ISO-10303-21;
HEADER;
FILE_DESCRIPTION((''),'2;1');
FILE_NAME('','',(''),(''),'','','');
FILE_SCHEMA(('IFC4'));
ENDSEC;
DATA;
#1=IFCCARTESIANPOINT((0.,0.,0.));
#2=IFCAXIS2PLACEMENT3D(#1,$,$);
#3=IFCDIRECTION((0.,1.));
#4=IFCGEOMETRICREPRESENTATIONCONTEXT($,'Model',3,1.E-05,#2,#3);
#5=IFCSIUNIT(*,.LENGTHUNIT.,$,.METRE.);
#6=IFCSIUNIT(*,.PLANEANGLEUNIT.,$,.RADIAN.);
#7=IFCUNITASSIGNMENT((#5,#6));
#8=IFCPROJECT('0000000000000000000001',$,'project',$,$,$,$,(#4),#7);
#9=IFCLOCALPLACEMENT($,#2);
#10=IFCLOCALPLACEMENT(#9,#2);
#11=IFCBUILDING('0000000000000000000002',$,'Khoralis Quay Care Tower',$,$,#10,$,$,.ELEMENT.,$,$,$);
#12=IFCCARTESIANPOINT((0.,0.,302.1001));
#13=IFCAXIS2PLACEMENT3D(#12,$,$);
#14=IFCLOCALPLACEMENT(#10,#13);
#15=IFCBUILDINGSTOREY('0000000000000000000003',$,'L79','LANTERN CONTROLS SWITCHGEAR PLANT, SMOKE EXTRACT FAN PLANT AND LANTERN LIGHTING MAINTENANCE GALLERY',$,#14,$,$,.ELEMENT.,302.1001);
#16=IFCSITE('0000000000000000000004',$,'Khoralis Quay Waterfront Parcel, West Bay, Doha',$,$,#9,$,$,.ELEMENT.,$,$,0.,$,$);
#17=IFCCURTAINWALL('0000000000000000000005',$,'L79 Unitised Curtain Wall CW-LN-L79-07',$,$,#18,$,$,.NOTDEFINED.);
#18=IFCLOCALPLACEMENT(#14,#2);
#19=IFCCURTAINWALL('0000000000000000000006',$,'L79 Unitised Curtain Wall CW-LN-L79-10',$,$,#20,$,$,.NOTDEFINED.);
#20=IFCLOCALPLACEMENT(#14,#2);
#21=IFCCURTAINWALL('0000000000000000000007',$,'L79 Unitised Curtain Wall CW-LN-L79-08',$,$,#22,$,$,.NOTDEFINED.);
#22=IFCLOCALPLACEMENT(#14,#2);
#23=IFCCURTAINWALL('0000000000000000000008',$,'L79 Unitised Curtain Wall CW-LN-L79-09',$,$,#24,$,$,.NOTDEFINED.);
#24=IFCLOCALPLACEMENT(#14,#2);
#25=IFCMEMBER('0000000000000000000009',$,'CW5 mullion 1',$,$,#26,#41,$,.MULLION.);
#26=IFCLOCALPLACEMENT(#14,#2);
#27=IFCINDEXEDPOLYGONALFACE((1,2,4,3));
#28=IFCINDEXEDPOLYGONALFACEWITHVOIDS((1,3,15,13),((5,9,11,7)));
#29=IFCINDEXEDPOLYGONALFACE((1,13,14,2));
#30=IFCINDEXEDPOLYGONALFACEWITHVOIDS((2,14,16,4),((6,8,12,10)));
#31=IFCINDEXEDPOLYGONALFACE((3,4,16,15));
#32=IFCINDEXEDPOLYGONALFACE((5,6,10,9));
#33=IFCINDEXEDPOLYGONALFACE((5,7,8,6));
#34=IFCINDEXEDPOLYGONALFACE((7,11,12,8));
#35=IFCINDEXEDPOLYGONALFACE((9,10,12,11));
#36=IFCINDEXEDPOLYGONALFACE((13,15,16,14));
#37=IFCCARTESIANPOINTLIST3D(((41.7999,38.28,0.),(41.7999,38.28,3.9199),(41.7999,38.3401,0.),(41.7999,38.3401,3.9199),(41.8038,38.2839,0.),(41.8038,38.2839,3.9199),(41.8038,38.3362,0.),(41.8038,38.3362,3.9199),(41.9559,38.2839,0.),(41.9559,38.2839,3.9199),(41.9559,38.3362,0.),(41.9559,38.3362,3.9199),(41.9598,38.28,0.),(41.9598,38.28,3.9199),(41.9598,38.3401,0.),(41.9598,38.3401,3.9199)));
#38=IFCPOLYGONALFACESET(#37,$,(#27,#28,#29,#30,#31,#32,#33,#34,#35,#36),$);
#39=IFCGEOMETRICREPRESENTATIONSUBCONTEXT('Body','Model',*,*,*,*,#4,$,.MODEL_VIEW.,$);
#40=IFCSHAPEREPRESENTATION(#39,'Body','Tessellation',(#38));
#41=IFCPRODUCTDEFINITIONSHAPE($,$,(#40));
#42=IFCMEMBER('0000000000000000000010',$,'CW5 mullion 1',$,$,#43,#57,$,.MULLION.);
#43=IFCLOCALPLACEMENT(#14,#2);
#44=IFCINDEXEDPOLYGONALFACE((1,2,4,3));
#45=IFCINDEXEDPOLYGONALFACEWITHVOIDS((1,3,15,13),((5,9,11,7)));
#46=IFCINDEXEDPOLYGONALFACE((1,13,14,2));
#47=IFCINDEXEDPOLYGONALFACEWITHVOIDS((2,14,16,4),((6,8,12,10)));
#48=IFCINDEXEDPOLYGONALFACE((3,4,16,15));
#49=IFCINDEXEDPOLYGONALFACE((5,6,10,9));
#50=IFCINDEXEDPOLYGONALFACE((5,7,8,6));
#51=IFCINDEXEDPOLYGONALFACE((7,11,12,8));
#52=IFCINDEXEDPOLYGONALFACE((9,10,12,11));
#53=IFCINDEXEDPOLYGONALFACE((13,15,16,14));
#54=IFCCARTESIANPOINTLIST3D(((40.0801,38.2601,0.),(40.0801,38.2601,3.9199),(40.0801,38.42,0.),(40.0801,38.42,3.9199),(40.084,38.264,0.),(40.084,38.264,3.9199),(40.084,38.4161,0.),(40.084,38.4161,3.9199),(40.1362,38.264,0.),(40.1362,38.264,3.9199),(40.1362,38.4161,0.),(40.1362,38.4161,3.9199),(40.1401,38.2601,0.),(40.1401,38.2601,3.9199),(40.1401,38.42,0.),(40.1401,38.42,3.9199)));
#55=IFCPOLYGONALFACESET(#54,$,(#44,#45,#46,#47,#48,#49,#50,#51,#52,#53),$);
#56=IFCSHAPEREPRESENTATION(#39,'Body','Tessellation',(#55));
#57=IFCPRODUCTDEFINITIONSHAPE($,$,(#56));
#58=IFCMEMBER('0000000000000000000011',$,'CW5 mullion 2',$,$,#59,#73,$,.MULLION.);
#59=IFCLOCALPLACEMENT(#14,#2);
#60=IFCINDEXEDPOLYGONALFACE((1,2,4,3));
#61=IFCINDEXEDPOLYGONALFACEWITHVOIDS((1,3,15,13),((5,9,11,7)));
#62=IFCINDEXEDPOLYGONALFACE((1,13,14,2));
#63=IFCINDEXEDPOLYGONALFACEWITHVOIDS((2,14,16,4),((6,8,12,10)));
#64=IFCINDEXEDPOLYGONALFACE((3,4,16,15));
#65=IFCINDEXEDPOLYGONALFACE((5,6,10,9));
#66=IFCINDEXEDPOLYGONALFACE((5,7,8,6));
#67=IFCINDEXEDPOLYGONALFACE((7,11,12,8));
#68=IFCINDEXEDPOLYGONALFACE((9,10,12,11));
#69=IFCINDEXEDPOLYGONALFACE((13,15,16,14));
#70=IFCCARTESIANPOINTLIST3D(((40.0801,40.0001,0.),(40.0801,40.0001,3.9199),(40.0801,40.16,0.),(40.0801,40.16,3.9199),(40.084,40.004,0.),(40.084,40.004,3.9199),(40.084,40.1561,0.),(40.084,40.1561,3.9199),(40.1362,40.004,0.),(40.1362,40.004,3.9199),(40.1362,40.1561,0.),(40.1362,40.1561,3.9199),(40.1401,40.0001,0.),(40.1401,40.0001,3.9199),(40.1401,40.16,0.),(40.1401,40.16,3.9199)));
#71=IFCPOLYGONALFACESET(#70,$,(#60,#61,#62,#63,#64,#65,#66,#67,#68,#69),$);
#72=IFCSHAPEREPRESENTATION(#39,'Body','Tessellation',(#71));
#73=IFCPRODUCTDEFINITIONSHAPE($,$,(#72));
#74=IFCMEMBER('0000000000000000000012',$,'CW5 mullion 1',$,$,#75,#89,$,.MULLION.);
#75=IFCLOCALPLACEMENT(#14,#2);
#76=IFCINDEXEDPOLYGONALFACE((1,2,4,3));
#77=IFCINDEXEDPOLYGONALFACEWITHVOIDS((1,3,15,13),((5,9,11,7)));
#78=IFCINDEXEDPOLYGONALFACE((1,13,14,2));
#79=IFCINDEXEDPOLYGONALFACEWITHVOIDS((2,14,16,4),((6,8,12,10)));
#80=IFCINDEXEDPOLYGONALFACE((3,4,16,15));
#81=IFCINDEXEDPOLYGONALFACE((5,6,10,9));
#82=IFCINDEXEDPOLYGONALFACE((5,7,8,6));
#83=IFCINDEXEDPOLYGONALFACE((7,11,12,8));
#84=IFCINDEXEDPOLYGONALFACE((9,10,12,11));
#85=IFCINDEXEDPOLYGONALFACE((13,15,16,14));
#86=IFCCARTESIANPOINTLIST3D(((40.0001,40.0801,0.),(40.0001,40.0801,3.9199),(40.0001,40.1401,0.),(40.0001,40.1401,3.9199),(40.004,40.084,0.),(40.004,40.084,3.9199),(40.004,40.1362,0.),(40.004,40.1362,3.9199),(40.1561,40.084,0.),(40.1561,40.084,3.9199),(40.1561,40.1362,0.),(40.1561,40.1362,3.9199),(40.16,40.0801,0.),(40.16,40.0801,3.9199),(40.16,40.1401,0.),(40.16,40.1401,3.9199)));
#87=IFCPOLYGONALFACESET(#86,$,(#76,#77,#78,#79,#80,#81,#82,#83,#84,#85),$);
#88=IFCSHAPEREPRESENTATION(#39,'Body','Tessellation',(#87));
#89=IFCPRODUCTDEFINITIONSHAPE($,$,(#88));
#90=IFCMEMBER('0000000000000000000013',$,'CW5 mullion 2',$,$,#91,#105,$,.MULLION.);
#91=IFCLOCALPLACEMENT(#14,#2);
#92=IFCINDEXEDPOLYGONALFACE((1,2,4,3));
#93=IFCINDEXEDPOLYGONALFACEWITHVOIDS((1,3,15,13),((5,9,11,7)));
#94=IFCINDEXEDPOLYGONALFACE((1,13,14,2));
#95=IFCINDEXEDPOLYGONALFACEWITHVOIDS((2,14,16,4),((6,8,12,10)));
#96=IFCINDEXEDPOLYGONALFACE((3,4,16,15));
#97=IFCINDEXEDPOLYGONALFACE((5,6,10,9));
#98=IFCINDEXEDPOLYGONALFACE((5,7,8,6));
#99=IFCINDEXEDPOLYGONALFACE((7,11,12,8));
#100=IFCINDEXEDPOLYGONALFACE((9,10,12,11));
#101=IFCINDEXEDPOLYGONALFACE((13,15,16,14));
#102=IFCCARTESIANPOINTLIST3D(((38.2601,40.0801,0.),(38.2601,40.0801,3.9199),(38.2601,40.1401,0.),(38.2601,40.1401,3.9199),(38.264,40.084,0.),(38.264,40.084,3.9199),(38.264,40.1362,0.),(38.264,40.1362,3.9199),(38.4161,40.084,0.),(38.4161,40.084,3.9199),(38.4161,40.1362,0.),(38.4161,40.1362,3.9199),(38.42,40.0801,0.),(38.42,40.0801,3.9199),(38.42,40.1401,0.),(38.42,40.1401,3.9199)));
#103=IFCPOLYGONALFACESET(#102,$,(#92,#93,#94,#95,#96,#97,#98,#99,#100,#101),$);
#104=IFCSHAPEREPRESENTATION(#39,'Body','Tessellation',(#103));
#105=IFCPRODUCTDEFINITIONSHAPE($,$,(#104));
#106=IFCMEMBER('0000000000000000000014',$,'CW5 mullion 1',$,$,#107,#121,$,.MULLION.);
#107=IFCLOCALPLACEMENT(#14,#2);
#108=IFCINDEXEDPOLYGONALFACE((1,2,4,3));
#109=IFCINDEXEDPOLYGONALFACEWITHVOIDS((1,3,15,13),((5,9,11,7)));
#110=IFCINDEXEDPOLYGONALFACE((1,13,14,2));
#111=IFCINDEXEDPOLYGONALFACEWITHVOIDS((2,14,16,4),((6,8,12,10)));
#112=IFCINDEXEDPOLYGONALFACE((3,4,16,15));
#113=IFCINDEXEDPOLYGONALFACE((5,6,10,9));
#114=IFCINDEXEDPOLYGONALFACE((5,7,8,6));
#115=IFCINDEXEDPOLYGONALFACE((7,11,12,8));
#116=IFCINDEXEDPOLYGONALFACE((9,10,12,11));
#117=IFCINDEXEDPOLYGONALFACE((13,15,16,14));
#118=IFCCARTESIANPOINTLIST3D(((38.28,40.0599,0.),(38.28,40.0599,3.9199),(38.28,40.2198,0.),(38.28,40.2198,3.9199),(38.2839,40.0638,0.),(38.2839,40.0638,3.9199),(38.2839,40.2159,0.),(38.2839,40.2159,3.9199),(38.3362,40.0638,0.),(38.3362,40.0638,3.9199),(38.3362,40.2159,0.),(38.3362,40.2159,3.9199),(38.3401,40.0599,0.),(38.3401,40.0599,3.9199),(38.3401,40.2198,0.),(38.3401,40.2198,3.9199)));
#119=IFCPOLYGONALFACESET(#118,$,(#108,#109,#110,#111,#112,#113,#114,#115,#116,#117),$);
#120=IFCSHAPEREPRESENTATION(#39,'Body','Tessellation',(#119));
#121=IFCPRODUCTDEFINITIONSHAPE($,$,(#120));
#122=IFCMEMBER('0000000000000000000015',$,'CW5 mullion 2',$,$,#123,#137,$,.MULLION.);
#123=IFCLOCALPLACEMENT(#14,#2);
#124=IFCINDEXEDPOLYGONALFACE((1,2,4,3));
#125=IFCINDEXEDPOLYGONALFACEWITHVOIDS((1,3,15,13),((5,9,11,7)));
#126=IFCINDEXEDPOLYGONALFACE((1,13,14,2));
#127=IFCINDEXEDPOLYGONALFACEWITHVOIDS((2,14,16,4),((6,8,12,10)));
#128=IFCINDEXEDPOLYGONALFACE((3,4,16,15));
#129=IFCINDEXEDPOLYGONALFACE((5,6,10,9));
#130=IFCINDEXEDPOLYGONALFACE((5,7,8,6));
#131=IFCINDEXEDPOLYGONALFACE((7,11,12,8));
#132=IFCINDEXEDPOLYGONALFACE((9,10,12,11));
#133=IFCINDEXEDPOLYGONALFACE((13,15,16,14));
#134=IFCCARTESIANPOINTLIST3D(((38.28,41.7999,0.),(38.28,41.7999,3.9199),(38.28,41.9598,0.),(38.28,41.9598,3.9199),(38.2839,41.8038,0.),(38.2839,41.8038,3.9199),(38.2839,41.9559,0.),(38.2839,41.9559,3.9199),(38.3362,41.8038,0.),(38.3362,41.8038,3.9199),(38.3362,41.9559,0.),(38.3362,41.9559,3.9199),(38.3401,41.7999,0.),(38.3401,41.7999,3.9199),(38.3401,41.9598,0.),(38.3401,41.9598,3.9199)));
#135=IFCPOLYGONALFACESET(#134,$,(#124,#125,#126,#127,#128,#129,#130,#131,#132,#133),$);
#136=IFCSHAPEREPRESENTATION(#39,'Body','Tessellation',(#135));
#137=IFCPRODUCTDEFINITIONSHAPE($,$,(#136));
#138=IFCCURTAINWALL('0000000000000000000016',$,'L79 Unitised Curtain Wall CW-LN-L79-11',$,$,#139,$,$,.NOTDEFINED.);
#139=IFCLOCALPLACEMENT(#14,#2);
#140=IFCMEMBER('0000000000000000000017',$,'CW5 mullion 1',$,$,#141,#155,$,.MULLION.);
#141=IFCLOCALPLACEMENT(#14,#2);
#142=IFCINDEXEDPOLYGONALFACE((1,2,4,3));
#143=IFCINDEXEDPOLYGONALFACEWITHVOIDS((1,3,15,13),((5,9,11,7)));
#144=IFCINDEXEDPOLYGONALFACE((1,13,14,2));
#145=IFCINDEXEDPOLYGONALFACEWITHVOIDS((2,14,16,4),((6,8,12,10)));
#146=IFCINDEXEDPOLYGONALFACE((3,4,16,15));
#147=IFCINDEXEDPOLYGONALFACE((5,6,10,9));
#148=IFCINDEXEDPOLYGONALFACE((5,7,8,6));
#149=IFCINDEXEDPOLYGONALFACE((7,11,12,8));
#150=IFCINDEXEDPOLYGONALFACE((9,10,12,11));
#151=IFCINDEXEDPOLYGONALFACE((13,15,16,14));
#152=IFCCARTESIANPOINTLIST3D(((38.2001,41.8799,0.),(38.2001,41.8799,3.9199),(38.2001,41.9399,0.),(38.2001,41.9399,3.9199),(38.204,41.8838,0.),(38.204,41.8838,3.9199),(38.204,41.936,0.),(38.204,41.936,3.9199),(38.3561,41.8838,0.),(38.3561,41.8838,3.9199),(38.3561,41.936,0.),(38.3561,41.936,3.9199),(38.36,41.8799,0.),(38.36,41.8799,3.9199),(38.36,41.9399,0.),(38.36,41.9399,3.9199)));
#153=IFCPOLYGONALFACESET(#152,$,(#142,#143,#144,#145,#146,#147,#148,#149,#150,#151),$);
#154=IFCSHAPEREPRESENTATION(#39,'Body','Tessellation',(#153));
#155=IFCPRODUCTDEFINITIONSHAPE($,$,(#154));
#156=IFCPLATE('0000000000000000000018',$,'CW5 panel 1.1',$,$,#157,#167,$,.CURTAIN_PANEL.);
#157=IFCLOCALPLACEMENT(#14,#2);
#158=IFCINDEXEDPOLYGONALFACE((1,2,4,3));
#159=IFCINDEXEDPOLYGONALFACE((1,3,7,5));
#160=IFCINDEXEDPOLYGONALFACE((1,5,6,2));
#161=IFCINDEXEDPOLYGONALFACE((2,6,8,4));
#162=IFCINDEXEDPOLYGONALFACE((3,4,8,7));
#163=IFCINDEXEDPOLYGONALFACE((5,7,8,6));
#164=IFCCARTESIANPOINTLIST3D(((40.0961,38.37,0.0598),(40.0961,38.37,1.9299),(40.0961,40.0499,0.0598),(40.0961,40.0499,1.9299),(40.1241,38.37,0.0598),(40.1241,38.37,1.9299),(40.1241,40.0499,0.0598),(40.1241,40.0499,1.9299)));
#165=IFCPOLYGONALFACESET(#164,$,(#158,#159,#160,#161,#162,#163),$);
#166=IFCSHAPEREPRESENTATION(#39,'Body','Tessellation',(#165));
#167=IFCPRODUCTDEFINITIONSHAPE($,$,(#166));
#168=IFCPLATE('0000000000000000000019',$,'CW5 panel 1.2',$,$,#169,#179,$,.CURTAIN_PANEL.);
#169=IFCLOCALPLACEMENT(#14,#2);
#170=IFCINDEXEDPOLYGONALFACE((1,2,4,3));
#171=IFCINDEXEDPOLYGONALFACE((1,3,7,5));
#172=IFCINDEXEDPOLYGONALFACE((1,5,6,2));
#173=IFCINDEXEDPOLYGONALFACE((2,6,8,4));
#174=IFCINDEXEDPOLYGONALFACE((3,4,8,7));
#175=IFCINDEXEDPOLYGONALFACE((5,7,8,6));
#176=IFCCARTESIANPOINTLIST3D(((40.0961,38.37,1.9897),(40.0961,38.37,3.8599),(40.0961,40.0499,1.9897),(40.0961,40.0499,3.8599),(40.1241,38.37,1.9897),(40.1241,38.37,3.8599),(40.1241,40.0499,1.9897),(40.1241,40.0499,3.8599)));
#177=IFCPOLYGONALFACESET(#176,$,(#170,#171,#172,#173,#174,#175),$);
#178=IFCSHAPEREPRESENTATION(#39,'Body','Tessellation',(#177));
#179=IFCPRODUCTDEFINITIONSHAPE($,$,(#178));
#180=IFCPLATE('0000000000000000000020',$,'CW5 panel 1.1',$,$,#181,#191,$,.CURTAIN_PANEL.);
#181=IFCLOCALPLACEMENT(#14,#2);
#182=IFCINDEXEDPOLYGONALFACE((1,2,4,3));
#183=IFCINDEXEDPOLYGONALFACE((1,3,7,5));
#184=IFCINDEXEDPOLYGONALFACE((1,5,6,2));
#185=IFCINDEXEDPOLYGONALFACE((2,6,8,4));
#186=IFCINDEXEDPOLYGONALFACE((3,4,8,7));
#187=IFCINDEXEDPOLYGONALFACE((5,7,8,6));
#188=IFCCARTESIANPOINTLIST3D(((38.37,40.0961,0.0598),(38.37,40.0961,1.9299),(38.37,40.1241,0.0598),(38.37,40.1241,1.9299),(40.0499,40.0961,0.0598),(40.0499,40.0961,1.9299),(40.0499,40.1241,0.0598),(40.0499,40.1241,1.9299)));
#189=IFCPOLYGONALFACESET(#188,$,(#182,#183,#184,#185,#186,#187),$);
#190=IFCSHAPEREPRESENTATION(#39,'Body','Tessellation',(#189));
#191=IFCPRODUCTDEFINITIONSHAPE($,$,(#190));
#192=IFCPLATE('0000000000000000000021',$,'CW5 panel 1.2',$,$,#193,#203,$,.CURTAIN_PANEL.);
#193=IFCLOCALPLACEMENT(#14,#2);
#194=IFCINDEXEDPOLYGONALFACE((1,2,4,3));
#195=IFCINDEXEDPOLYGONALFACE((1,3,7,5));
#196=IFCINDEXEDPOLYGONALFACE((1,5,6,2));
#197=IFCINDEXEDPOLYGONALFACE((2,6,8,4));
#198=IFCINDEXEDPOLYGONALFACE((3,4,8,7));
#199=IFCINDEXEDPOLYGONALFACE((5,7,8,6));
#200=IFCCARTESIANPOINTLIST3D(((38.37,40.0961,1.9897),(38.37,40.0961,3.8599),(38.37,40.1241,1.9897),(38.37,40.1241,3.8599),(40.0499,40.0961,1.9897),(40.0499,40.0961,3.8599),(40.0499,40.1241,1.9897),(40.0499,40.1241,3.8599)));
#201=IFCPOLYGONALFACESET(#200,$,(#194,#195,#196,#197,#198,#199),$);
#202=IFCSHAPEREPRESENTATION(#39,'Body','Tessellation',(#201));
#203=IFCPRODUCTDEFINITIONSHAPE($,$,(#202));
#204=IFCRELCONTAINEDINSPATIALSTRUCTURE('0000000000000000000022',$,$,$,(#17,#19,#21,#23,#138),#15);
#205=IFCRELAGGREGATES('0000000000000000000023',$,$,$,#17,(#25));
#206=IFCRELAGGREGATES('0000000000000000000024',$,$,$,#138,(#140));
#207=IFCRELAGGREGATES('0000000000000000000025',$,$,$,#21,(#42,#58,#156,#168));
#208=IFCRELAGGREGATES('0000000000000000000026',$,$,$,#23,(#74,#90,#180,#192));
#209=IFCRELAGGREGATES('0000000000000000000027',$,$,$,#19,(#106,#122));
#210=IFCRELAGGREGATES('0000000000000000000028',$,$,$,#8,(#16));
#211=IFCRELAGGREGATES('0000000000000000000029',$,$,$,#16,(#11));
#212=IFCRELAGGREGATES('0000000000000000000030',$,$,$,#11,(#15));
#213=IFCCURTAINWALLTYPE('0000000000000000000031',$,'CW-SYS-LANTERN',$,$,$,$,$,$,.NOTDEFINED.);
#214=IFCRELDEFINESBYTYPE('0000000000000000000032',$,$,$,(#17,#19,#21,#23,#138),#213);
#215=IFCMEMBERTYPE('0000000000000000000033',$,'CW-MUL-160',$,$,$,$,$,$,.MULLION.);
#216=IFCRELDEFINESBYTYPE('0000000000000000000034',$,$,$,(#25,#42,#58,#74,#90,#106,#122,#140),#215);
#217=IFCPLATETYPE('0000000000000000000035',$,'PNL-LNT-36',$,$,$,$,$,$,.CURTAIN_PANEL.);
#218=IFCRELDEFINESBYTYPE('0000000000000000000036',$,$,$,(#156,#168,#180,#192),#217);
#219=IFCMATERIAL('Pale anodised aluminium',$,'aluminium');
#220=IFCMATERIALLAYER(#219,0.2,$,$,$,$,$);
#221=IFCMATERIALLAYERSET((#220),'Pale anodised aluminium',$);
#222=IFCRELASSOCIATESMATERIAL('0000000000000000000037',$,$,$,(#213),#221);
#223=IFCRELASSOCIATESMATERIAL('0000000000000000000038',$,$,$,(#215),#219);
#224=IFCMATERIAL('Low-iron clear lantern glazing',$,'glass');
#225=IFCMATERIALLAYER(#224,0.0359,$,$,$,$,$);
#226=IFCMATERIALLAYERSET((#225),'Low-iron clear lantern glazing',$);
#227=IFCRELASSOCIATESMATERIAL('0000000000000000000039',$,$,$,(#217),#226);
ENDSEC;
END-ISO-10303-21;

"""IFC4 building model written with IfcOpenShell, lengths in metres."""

from ifc_helpers import new_model, si_unit, direction, frame, origin, origin_2d, place, context, subcontext, project, spatial, rectangle, hollow_rectangle, extrude, source, transform, mapped, material, layer, layer_set, material_profile, profile_set, type_object, element, aggregate, save


model = new_model("IFC4")

# Units and contexts
model_context = context("Model", 3, precision=1e-05, world=origin(), true_north=direction((0.0, 1.0)))
body_context = subcontext(model_context, "Body", "Model", "MODEL_VIEW")
ifc_project = project(units=[si_unit("LENGTHUNIT", "METRE"), si_unit("PLANEANGLEUNIT", "RADIAN")], contexts=[model_context])

# Site, building, storey
site_placement = place(None, origin())
site = spatial("IfcSite", under=ifc_project, at=site_placement, Name="Khoralis Quay Waterfront Parcel, West Bay, Doha", CompositionType="ELEMENT", RefElevation=0.0)
building_placement = place(site_placement, origin())
building = spatial("IfcBuilding", under=site, at=building_placement, Name="Khoralis Quay Care Tower", CompositionType="ELEMENT")
storey_placement = place(building_placement, frame((0.0, 0.0, 302.1001)))
storey = spatial("IfcBuildingStorey", under=building, at=storey_placement, Name="L79", Description="LANTERN CONTROLS SWITCHGEAR PLANT, SMOKE EXTRACT FAN PLANT AND LANTERN LIGHTING MAINTENANCE GALLERY", CompositionType="ELEMENT", Elevation=302.1001)

# Curtain walls
ifc_material_1 = material(Name="Pale anodised aluminium", Category="aluminium")
ifc_layer_1 = layer(ifc_material_1, 0.2)
ifc_layer_set_1 = layer_set([ifc_layer_1], Name="Pale anodised aluminium")
curtain_wall_type = type_object("IfcCurtainWallType", Name="CW-SYS-LANTERN", PredefinedType="NOTDEFINED", material=ifc_layer_set_1)
curtain_wall_1_placement = place(storey_placement, origin())
curtain_wall_1 = element("IfcCurtainWall", 1, at=curtain_wall_1_placement, inside=storey, type_object=curtain_wall_type, Name="L79 Unitised Curtain Wall CW-LN-L79-07", PredefinedType="NOTDEFINED")
curtain_wall_2_placement = place(storey_placement, origin())
curtain_wall_2 = element("IfcCurtainWall", 2, at=curtain_wall_2_placement, inside=storey, type_object=curtain_wall_type, Name="L79 Unitised Curtain Wall CW-LN-L79-10", PredefinedType="NOTDEFINED")
curtain_wall_3_placement = place(storey_placement, origin())
curtain_wall_3 = element("IfcCurtainWall", 3, at=curtain_wall_3_placement, inside=storey, type_object=curtain_wall_type, Name="L79 Unitised Curtain Wall CW-LN-L79-08", PredefinedType="NOTDEFINED")
curtain_wall_4_placement = place(storey_placement, origin())
curtain_wall_4 = element("IfcCurtainWall", 4, at=curtain_wall_4_placement, inside=storey, type_object=curtain_wall_type, Name="L79 Unitised Curtain Wall CW-LN-L79-09", PredefinedType="NOTDEFINED")

# Members
ifc_material_profile_1 = material_profile(ifc_material_1, hollow_rectangle(XDim=0.0601, YDim=0.1599, WallThickness=0.0039, at=origin_2d()), Name="Pale anodised aluminium")
ifc_profile_set_1 = profile_set([ifc_material_profile_1], Name="Pale anodised aluminium")
member_type_1 = type_object("IfcMemberType", Name="CW-MUL-160", PredefinedType="MULLION", material=ifc_profile_set_1)
shared_shape_1 = source(origin(), body_context, "Body", "SweptSolid", [
    extrude(hollow_rectangle(XDim=0.0601, YDim=0.1599, WallThickness=0.0039, at=origin_2d()), origin(), (0.0, 0.0, 1.0), 3.9199),
])
member_1_placement = place(storey_placement, frame((41.8799, 38.3101, 0.0), z_axis=(0.0, 0.0, 1.0), x_axis=(0.0, -1.0, 0.0)))
member_1 = element("IfcMember", 5, at=member_1_placement, type_object=member_type_1, Name="CW5 mullion 1", PredefinedType="MULLION", context=body_context, shape_type="MappedRepresentation", body=[
    mapped(shared_shape_1, transform((0.0, 0.0, 0.0), scale=1.0)),
])
aggregate(curtain_wall_1, [member_1])
member_2_placement = place(storey_placement, frame((40.1101, 38.3401, 0.0), z_axis=(0.0, 0.0, 1.0), x_axis=(-1.0, 0.0, 0.0)))
member_2 = element("IfcMember", 6, at=member_2_placement, type_object=member_type_1, Name="CW5 mullion 1", PredefinedType="MULLION", context=body_context, shape_type="MappedRepresentation", body=[
    mapped(shared_shape_1, transform((0.0, 0.0, 0.0), scale=1.0)),
])
member_3_placement = place(storey_placement, frame((40.1101, 40.0801, 0.0), z_axis=(0.0, 0.0, 1.0), x_axis=(-1.0, 0.0, 0.0)))
member_3 = element("IfcMember", 7, at=member_3_placement, type_object=member_type_1, Name="CW5 mullion 2", PredefinedType="MULLION", context=body_context, shape_type="MappedRepresentation", body=[
    mapped(shared_shape_1, transform((0.0, 0.0, 0.0), scale=1.0)),
])
member_4_placement = place(storey_placement, frame((40.0801, 40.1101, 0.0), z_axis=(0.0, 0.0, 1.0), x_axis=(0.0, -1.0, 0.0)))
member_4 = element("IfcMember", 8, at=member_4_placement, type_object=member_type_1, Name="CW5 mullion 1", PredefinedType="MULLION", context=body_context, shape_type="MappedRepresentation", body=[
    mapped(shared_shape_1, transform((0.0, 0.0, 0.0), scale=1.0)),
])
member_5_placement = place(storey_placement, frame((38.3401, 40.1101, 0.0), z_axis=(0.0, 0.0, 1.0), x_axis=(0.0, -1.0, 0.0)))
member_5 = element("IfcMember", 9, at=member_5_placement, type_object=member_type_1, Name="CW5 mullion 2", PredefinedType="MULLION", context=body_context, shape_type="MappedRepresentation", body=[
    mapped(shared_shape_1, transform((0.0, 0.0, 0.0), scale=1.0)),
])
member_6_placement = place(storey_placement, frame((38.3101, 40.1399, 0.0), z_axis=(0.0, 0.0, 1.0), x_axis=(-1.0, 0.0, 0.0)))
member_6 = element("IfcMember", 10, at=member_6_placement, type_object=member_type_1, Name="CW5 mullion 1", PredefinedType="MULLION", context=body_context, shape_type="MappedRepresentation", body=[
    mapped(shared_shape_1, transform((0.0, 0.0, 0.0), scale=1.0)),
])
member_7_placement = place(storey_placement, frame((38.3101, 41.8799, 0.0), z_axis=(0.0, 0.0, 1.0), x_axis=(-1.0, 0.0, 0.0)))
member_7 = element("IfcMember", 11, at=member_7_placement, type_object=member_type_1, Name="CW5 mullion 2", PredefinedType="MULLION", context=body_context, shape_type="MappedRepresentation", body=[
    mapped(shared_shape_1, transform((0.0, 0.0, 0.0), scale=1.0)),
])

# Curtain wall, member
curtain_wall_5_placement = place(storey_placement, origin())
curtain_wall_5 = element("IfcCurtainWall", 12, at=curtain_wall_5_placement, inside=storey, type_object=curtain_wall_type, Name="L79 Unitised Curtain Wall CW-LN-L79-11", PredefinedType="NOTDEFINED")
member_8_placement = place(storey_placement, frame((38.28, 41.9099, 0.0), z_axis=(0.0, 0.0, 1.0), x_axis=(0.0, -1.0, 0.0)))
member_8 = element("IfcMember", 13, at=member_8_placement, type_object=member_type_1, Name="CW5 mullion 1", PredefinedType="MULLION", context=body_context, shape_type="MappedRepresentation", body=[
    mapped(shared_shape_1, transform((0.0, 0.0, 0.0), scale=1.0)),
])
aggregate(curtain_wall_5, [member_8])

# Plates
ifc_material_2 = material(Name="Low-iron clear lantern glazing", Category="glass")
ifc_layer_2 = layer(ifc_material_2, 0.0359)
ifc_layer_set_2 = layer_set([ifc_layer_2], Name="Low-iron clear lantern glazing")
plate_type = type_object("IfcPlateType", Name="PNL-LNT-36", PredefinedType="CURTAIN_PANEL", material=ifc_layer_set_2)
shared_shape_2 = source(origin(), body_context, "Body", "SweptSolid", [
    extrude(rectangle(XDim=1.6799, YDim=0.0281, at=origin_2d()), origin(), (0.0, 0.0, 1.0), 1.8701),
])
plate_1_placement = place(storey_placement, frame((40.1101, 39.21, 0.0598), z_axis=(0.0, 0.0, 1.0), x_axis=(0.0, 1.0, 0.0)))
plate_1 = element("IfcPlate", 14, at=plate_1_placement, type_object=plate_type, Name="CW5 panel 1.1", PredefinedType="CURTAIN_PANEL", context=body_context, shape_type="MappedRepresentation", body=[
    mapped(shared_shape_2, transform((0.0, 0.0, 0.0), scale=1.0)),
])
plate_2_placement = place(storey_placement, frame((40.1101, 39.21, 1.9897), z_axis=(0.0, 0.0, 1.0), x_axis=(0.0, 1.0, 0.0)))
plate_2 = element("IfcPlate", 15, at=plate_2_placement, type_object=plate_type, Name="CW5 panel 1.2", PredefinedType="CURTAIN_PANEL", context=body_context, shape_type="MappedRepresentation", body=[
    mapped(shared_shape_2, transform((0.0, 0.0, 0.0), scale=1.0)),
])
aggregate(curtain_wall_3, [member_2, member_3, plate_1, plate_2])
plate_3_placement = place(storey_placement, frame((39.21, 40.1101, 0.0598), z_axis=(0.0, 0.0, 1.0), x_axis=(-1.0, 0.0, 0.0)))
plate_3 = element("IfcPlate", 16, at=plate_3_placement, type_object=plate_type, Name="CW5 panel 1.1", PredefinedType="CURTAIN_PANEL", context=body_context, shape_type="MappedRepresentation", body=[
    mapped(shared_shape_2, transform((0.0, 0.0, 0.0), scale=1.0)),
])
plate_4_placement = place(storey_placement, frame((39.21, 40.1101, 1.9897), z_axis=(0.0, 0.0, 1.0), x_axis=(-1.0, 0.0, 0.0)))
plate_4 = element("IfcPlate", 17, at=plate_4_placement, type_object=plate_type, Name="CW5 panel 1.2", PredefinedType="CURTAIN_PANEL", context=body_context, shape_type="MappedRepresentation", body=[
    mapped(shared_shape_2, transform((0.0, 0.0, 0.0), scale=1.0)),
])
aggregate(curtain_wall_4, [member_4, member_5, plate_3, plate_4])
aggregate(curtain_wall_2, [member_6, member_7])

save(model, "model.ifc")
